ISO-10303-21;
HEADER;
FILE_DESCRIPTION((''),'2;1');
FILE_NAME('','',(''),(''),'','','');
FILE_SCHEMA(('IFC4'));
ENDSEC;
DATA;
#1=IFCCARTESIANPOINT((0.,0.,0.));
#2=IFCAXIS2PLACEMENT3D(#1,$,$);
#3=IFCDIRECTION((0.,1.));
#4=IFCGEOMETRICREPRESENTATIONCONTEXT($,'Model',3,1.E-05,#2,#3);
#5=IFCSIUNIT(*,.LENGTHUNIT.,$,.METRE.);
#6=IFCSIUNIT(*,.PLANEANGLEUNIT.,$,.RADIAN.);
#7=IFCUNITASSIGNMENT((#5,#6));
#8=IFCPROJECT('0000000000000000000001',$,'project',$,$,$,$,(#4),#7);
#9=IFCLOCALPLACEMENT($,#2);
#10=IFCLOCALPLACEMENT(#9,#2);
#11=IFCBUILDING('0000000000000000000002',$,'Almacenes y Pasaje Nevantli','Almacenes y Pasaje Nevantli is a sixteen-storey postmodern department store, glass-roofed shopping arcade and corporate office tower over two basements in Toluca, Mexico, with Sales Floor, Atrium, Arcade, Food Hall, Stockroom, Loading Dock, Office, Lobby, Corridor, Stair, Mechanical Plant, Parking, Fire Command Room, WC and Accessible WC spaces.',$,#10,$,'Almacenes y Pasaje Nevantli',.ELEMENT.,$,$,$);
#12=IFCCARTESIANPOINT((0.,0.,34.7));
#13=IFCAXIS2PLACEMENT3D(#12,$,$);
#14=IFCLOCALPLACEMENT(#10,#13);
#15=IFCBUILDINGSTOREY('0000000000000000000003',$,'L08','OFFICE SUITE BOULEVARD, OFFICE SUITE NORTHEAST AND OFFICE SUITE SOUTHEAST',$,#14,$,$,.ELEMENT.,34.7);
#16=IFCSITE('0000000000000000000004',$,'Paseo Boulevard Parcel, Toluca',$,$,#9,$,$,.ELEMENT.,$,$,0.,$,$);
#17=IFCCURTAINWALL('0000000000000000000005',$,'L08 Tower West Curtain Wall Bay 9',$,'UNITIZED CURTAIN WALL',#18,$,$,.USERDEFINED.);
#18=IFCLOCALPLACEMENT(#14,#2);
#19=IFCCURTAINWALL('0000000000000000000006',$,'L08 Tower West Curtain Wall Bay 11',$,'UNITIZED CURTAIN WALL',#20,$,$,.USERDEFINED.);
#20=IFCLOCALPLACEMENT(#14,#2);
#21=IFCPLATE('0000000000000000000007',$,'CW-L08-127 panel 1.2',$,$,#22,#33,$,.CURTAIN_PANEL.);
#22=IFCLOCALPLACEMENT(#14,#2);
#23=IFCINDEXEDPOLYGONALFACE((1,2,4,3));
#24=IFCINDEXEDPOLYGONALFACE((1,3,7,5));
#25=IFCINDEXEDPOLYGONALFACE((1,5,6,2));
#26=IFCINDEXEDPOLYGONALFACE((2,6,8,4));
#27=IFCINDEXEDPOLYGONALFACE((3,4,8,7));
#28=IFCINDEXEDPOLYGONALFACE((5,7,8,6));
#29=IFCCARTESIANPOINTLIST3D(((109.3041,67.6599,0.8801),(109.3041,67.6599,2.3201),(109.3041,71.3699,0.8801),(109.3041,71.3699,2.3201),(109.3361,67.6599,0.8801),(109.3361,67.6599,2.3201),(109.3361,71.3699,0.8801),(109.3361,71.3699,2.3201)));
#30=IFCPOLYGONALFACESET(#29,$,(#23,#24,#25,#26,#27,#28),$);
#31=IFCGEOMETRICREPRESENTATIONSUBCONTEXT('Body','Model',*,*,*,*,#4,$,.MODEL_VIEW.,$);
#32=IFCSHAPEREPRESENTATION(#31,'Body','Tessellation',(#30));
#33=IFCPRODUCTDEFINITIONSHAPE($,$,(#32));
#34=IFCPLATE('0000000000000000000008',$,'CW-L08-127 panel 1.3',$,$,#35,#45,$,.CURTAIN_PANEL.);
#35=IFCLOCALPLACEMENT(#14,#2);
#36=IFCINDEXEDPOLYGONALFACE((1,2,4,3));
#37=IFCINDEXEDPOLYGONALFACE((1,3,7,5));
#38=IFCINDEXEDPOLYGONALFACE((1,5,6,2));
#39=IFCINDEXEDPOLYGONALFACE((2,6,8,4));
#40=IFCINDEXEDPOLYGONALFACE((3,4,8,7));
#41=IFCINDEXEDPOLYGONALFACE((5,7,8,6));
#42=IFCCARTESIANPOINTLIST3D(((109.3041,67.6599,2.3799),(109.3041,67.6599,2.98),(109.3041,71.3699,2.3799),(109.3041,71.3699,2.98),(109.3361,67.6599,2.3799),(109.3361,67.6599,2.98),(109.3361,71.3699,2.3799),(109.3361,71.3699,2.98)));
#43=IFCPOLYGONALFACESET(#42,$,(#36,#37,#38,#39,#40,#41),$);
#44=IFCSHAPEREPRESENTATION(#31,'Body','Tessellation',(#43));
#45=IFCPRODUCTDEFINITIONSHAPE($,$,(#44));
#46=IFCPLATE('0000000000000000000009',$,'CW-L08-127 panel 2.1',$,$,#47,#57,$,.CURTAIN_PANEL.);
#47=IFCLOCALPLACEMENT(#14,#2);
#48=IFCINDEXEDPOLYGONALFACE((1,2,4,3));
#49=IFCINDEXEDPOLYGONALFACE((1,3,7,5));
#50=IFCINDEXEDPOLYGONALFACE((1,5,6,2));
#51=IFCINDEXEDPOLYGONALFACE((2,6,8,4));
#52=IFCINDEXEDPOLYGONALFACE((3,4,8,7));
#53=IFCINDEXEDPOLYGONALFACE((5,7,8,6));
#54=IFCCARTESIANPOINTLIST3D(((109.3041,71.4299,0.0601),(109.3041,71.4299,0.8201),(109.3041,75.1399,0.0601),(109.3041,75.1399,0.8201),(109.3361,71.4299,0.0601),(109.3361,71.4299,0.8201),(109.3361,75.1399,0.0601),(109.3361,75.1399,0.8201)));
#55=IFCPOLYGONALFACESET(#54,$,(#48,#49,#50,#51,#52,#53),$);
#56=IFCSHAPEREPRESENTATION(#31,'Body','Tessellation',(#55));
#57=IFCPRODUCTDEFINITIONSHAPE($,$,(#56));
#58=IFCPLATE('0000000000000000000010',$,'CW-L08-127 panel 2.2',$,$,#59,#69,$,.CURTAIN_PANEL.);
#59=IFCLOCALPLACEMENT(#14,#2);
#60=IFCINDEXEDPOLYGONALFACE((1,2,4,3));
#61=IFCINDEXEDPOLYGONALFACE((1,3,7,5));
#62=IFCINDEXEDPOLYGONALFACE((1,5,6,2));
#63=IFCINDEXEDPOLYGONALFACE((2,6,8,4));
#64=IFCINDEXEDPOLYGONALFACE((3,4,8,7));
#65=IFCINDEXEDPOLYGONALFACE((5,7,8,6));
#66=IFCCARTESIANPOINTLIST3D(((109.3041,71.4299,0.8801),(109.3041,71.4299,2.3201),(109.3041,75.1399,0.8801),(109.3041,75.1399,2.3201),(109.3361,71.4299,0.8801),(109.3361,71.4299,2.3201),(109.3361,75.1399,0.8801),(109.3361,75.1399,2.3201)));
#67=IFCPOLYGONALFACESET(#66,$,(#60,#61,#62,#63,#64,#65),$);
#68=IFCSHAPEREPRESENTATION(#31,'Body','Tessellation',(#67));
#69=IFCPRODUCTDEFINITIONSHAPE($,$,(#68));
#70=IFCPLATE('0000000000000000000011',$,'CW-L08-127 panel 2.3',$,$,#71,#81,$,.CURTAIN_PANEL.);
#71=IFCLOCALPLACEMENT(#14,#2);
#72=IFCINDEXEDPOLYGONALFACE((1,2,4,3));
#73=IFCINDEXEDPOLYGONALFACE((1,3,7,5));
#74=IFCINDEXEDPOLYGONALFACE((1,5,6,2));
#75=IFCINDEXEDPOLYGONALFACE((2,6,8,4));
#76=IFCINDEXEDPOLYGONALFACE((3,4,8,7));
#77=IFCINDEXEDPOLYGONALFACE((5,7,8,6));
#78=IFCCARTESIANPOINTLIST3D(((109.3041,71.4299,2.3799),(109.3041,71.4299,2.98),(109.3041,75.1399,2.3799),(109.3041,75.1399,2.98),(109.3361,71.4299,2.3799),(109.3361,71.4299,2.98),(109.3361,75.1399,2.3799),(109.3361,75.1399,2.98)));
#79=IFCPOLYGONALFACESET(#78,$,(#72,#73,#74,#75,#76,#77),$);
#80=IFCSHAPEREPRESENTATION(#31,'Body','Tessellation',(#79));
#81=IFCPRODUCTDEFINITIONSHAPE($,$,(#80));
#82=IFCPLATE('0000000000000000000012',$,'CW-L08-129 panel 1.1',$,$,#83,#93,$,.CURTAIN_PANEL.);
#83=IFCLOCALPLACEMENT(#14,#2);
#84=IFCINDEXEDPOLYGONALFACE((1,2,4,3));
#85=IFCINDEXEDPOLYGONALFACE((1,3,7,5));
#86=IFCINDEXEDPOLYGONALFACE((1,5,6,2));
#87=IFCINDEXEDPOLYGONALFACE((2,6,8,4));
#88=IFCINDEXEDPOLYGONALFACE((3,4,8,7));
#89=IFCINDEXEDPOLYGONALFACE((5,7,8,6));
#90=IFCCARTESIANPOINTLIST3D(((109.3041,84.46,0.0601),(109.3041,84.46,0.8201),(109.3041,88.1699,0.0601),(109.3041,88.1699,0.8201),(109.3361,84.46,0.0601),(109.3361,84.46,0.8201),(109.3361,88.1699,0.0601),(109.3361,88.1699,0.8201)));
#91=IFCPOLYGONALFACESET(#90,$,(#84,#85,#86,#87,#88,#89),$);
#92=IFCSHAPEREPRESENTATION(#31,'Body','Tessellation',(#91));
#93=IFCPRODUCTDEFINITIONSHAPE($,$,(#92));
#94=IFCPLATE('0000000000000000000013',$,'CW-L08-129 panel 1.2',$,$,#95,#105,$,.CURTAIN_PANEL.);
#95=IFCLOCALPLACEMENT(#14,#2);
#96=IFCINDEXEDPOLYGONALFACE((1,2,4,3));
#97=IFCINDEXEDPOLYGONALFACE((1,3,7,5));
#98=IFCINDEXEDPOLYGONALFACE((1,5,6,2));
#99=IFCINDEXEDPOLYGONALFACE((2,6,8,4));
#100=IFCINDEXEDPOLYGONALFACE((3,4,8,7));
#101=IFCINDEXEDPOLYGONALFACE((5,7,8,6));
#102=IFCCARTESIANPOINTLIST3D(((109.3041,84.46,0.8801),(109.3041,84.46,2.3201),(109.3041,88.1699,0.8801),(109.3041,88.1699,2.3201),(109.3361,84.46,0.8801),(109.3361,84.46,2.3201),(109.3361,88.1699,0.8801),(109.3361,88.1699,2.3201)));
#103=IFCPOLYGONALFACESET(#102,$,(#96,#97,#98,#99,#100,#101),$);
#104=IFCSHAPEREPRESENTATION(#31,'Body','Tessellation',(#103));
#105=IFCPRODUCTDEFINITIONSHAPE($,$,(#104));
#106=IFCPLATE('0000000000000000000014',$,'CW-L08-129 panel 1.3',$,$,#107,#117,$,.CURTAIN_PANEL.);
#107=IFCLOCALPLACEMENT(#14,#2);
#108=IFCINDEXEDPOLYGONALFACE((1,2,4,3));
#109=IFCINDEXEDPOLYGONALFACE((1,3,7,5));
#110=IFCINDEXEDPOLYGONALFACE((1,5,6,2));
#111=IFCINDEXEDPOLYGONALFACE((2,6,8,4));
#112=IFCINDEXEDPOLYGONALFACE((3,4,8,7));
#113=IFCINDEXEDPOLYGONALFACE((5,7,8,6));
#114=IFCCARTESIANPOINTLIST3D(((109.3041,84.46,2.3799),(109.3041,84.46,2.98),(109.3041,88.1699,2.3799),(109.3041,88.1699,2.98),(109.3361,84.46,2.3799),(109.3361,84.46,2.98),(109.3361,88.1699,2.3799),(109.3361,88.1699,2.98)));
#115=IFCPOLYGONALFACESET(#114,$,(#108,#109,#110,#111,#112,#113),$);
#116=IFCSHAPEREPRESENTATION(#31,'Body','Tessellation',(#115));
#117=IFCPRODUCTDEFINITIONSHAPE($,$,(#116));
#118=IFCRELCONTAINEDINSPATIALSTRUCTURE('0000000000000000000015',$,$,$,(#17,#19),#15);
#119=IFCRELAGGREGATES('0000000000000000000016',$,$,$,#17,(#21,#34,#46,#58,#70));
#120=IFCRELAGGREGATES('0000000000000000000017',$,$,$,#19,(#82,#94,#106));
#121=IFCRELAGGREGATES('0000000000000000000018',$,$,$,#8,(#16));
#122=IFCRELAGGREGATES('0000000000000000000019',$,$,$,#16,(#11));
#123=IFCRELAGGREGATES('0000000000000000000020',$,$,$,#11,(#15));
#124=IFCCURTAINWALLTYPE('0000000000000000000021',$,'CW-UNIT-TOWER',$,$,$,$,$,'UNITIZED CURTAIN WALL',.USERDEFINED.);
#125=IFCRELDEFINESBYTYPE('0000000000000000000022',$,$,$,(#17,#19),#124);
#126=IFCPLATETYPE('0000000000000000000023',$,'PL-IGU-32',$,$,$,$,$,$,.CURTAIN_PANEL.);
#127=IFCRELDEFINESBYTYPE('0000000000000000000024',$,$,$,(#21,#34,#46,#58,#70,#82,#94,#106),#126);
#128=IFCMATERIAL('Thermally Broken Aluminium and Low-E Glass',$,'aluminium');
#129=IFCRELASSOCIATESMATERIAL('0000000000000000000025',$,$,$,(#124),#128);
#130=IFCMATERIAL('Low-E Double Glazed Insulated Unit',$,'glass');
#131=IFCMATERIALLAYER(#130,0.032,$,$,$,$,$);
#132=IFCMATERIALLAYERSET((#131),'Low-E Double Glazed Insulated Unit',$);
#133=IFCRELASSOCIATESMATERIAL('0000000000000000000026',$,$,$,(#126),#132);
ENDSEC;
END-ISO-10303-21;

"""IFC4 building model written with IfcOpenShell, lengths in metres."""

from ifc_helpers import new_model, si_unit, direction, frame, origin, origin_2d, place, context, subcontext, project, spatial, rectangle, extrude, material, layer, layer_set, type_object, element, aggregate, save


model = new_model("IFC4")

# Units and contexts
model_context = context("Model", 3, precision=1e-05, world=origin(), true_north=direction((0.0, 1.0)))
body_context = subcontext(model_context, "Body", "Model", "MODEL_VIEW")
ifc_project = project(units=[si_unit("LENGTHUNIT", "METRE"), si_unit("PLANEANGLEUNIT", "RADIAN")], contexts=[model_context])

# Site, building, storey
site_placement = place(None, origin())
site = spatial("IfcSite", under=ifc_project, at=site_placement, Name="Paseo Boulevard Parcel, Toluca", CompositionType="ELEMENT", RefElevation=0.0)
building_placement = place(site_placement, origin())
building = spatial("IfcBuilding", under=site, at=building_placement, Name="Almacenes y Pasaje Nevantli", Description="Almacenes y Pasaje Nevantli is a sixteen-storey postmodern department store, glass-roofed shopping arcade and corporate office tower over two basements in Toluca, Mexico, with Sales Floor, Atrium, Arcade, Food Hall, Stockroom, Loading Dock, Office, Lobby, Corridor, Stair, Mechanical Plant, Parking, Fire Command Room, WC and Accessible WC spaces.", LongName="Almacenes y Pasaje Nevantli", CompositionType="ELEMENT")
storey_placement = place(building_placement, frame((0.0, 0.0, 34.7)))
storey = spatial("IfcBuildingStorey", under=building, at=storey_placement, Name="L08", Description="OFFICE SUITE BOULEVARD, OFFICE SUITE NORTHEAST AND OFFICE SUITE SOUTHEAST", CompositionType="ELEMENT", Elevation=34.7)

# Curtain walls
ifc_material_1 = material(Name="Thermally Broken Aluminium and Low-E Glass", Category="aluminium")
curtain_wall_type = type_object("IfcCurtainWallType", Name="CW-UNIT-TOWER", ElementType="UNITIZED CURTAIN WALL", PredefinedType="USERDEFINED", material=ifc_material_1)
curtain_wall_1_placement = place(storey_placement, origin())
curtain_wall_1 = element("IfcCurtainWall", 1, at=curtain_wall_1_placement, inside=storey, type_object=curtain_wall_type, Name="L08 Tower West Curtain Wall Bay 9", ObjectType="UNITIZED CURTAIN WALL", PredefinedType="USERDEFINED")
curtain_wall_2_placement = place(storey_placement, origin())
curtain_wall_2 = element("IfcCurtainWall", 2, at=curtain_wall_2_placement, inside=storey, type_object=curtain_wall_type, Name="L08 Tower West Curtain Wall Bay 11", ObjectType="UNITIZED CURTAIN WALL", PredefinedType="USERDEFINED")

# Plates
ifc_material_2 = material(Name="Low-E Double Glazed Insulated Unit", Category="glass")
ifc_layer = layer(ifc_material_2, 0.032)
ifc_layer_set = layer_set([ifc_layer], Name="Low-E Double Glazed Insulated Unit")
plate_type = type_object("IfcPlateType", Name="PL-IGU-32", PredefinedType="CURTAIN_PANEL", material=ifc_layer_set)
plate_1_placement = place(storey_placement, frame((109.3201, 69.5149, 0.8801), z_axis=(0.0, 0.0, 1.0), x_axis=(0.0, 1.0, 0.0)))
plate_1 = element("IfcPlate", 3, at=plate_1_placement, type_object=plate_type, Name="CW-L08-127 panel 1.2", PredefinedType="CURTAIN_PANEL", context=body_context, shape_type="SweptSolid", body=[
    extrude(rectangle(XDim=3.71, YDim=0.032, at=origin_2d()), origin(), (0.0, 0.0, 1.0), 1.4399),
])
plate_2_placement = place(storey_placement, frame((109.3201, 69.5149, 2.3799), z_axis=(0.0, 0.0, 1.0), x_axis=(0.0, 1.0, 0.0)))
plate_2 = element("IfcPlate", 4, at=plate_2_placement, type_object=plate_type, Name="CW-L08-127 panel 1.3", PredefinedType="CURTAIN_PANEL", context=body_context, shape_type="SweptSolid", body=[
    extrude(rectangle(XDim=3.71, YDim=0.032, at=origin_2d()), origin(), (0.0, 0.0, 1.0), 0.6001),
])
plate_3_placement = place(storey_placement, frame((109.3201, 73.2849, 0.0601), z_axis=(0.0, 0.0, 1.0), x_axis=(0.0, 1.0, 0.0)))
plate_3 = element("IfcPlate", 5, at=plate_3_placement, type_object=plate_type, Name="CW-L08-127 panel 2.1", PredefinedType="CURTAIN_PANEL", context=body_context, shape_type="SweptSolid", body=[
    extrude(rectangle(XDim=3.71, YDim=0.032, at=origin_2d()), origin(), (0.0, 0.0, 1.0), 0.76),
])
plate_4_placement = place(storey_placement, frame((109.3201, 73.2849, 0.8801), z_axis=(0.0, 0.0, 1.0), x_axis=(0.0, 1.0, 0.0)))
plate_4 = element("IfcPlate", 6, at=plate_4_placement, type_object=plate_type, Name="CW-L08-127 panel 2.2", PredefinedType="CURTAIN_PANEL", context=body_context, shape_type="SweptSolid", body=[
    extrude(rectangle(XDim=3.71, YDim=0.032, at=origin_2d()), origin(), (0.0, 0.0, 1.0), 1.4399),
])
plate_5_placement = place(storey_placement, frame((109.3201, 73.2849, 2.3799), z_axis=(0.0, 0.0, 1.0), x_axis=(0.0, 1.0, 0.0)))
plate_5 = element("IfcPlate", 7, at=plate_5_placement, type_object=plate_type, Name="CW-L08-127 panel 2.3", PredefinedType="CURTAIN_PANEL", context=body_context, shape_type="SweptSolid", body=[
    extrude(rectangle(XDim=3.71, YDim=0.032, at=origin_2d()), origin(), (0.0, 0.0, 1.0), 0.6001),
])
aggregate(curtain_wall_1, [plate_1, plate_2, plate_3, plate_4, plate_5])
plate_6_placement = place(storey_placement, frame((109.3201, 86.3149, 0.0601), z_axis=(0.0, 0.0, 1.0), x_axis=(0.0, 1.0, 0.0)))
plate_6 = element("IfcPlate", 8, at=plate_6_placement, type_object=plate_type, Name="CW-L08-129 panel 1.1", PredefinedType="CURTAIN_PANEL", context=body_context, shape_type="SweptSolid", body=[
    extrude(rectangle(XDim=3.71, YDim=0.032, at=origin_2d()), origin(), (0.0, 0.0, 1.0), 0.76),
])
plate_7_placement = place(storey_placement, frame((109.3201, 86.3149, 0.8801), z_axis=(0.0, 0.0, 1.0), x_axis=(0.0, 1.0, 0.0)))
plate_7 = element("IfcPlate", 9, at=plate_7_placement, type_object=plate_type, Name="CW-L08-129 panel 1.2", PredefinedType="CURTAIN_PANEL", context=body_context, shape_type="SweptSolid", body=[
    extrude(rectangle(XDim=3.71, YDim=0.032, at=origin_2d()), origin(), (0.0, 0.0, 1.0), 1.4399),
])
plate_8_placement = place(storey_placement, frame((109.3201, 86.3149, 2.3799), z_axis=(0.0, 0.0, 1.0), x_axis=(0.0, 1.0, 0.0)))
plate_8 = element("IfcPlate", 10, at=plate_8_placement, type_object=plate_type, Name="CW-L08-129 panel 1.3", PredefinedType="CURTAIN_PANEL", context=body_context, shape_type="SweptSolid", body=[
    extrude(rectangle(XDim=3.71, YDim=0.032, at=origin_2d()), origin(), (0.0, 0.0, 1.0), 0.6001),
])
aggregate(curtain_wall_2, [plate_6, plate_7, plate_8])

save(model, "model.ifc")
